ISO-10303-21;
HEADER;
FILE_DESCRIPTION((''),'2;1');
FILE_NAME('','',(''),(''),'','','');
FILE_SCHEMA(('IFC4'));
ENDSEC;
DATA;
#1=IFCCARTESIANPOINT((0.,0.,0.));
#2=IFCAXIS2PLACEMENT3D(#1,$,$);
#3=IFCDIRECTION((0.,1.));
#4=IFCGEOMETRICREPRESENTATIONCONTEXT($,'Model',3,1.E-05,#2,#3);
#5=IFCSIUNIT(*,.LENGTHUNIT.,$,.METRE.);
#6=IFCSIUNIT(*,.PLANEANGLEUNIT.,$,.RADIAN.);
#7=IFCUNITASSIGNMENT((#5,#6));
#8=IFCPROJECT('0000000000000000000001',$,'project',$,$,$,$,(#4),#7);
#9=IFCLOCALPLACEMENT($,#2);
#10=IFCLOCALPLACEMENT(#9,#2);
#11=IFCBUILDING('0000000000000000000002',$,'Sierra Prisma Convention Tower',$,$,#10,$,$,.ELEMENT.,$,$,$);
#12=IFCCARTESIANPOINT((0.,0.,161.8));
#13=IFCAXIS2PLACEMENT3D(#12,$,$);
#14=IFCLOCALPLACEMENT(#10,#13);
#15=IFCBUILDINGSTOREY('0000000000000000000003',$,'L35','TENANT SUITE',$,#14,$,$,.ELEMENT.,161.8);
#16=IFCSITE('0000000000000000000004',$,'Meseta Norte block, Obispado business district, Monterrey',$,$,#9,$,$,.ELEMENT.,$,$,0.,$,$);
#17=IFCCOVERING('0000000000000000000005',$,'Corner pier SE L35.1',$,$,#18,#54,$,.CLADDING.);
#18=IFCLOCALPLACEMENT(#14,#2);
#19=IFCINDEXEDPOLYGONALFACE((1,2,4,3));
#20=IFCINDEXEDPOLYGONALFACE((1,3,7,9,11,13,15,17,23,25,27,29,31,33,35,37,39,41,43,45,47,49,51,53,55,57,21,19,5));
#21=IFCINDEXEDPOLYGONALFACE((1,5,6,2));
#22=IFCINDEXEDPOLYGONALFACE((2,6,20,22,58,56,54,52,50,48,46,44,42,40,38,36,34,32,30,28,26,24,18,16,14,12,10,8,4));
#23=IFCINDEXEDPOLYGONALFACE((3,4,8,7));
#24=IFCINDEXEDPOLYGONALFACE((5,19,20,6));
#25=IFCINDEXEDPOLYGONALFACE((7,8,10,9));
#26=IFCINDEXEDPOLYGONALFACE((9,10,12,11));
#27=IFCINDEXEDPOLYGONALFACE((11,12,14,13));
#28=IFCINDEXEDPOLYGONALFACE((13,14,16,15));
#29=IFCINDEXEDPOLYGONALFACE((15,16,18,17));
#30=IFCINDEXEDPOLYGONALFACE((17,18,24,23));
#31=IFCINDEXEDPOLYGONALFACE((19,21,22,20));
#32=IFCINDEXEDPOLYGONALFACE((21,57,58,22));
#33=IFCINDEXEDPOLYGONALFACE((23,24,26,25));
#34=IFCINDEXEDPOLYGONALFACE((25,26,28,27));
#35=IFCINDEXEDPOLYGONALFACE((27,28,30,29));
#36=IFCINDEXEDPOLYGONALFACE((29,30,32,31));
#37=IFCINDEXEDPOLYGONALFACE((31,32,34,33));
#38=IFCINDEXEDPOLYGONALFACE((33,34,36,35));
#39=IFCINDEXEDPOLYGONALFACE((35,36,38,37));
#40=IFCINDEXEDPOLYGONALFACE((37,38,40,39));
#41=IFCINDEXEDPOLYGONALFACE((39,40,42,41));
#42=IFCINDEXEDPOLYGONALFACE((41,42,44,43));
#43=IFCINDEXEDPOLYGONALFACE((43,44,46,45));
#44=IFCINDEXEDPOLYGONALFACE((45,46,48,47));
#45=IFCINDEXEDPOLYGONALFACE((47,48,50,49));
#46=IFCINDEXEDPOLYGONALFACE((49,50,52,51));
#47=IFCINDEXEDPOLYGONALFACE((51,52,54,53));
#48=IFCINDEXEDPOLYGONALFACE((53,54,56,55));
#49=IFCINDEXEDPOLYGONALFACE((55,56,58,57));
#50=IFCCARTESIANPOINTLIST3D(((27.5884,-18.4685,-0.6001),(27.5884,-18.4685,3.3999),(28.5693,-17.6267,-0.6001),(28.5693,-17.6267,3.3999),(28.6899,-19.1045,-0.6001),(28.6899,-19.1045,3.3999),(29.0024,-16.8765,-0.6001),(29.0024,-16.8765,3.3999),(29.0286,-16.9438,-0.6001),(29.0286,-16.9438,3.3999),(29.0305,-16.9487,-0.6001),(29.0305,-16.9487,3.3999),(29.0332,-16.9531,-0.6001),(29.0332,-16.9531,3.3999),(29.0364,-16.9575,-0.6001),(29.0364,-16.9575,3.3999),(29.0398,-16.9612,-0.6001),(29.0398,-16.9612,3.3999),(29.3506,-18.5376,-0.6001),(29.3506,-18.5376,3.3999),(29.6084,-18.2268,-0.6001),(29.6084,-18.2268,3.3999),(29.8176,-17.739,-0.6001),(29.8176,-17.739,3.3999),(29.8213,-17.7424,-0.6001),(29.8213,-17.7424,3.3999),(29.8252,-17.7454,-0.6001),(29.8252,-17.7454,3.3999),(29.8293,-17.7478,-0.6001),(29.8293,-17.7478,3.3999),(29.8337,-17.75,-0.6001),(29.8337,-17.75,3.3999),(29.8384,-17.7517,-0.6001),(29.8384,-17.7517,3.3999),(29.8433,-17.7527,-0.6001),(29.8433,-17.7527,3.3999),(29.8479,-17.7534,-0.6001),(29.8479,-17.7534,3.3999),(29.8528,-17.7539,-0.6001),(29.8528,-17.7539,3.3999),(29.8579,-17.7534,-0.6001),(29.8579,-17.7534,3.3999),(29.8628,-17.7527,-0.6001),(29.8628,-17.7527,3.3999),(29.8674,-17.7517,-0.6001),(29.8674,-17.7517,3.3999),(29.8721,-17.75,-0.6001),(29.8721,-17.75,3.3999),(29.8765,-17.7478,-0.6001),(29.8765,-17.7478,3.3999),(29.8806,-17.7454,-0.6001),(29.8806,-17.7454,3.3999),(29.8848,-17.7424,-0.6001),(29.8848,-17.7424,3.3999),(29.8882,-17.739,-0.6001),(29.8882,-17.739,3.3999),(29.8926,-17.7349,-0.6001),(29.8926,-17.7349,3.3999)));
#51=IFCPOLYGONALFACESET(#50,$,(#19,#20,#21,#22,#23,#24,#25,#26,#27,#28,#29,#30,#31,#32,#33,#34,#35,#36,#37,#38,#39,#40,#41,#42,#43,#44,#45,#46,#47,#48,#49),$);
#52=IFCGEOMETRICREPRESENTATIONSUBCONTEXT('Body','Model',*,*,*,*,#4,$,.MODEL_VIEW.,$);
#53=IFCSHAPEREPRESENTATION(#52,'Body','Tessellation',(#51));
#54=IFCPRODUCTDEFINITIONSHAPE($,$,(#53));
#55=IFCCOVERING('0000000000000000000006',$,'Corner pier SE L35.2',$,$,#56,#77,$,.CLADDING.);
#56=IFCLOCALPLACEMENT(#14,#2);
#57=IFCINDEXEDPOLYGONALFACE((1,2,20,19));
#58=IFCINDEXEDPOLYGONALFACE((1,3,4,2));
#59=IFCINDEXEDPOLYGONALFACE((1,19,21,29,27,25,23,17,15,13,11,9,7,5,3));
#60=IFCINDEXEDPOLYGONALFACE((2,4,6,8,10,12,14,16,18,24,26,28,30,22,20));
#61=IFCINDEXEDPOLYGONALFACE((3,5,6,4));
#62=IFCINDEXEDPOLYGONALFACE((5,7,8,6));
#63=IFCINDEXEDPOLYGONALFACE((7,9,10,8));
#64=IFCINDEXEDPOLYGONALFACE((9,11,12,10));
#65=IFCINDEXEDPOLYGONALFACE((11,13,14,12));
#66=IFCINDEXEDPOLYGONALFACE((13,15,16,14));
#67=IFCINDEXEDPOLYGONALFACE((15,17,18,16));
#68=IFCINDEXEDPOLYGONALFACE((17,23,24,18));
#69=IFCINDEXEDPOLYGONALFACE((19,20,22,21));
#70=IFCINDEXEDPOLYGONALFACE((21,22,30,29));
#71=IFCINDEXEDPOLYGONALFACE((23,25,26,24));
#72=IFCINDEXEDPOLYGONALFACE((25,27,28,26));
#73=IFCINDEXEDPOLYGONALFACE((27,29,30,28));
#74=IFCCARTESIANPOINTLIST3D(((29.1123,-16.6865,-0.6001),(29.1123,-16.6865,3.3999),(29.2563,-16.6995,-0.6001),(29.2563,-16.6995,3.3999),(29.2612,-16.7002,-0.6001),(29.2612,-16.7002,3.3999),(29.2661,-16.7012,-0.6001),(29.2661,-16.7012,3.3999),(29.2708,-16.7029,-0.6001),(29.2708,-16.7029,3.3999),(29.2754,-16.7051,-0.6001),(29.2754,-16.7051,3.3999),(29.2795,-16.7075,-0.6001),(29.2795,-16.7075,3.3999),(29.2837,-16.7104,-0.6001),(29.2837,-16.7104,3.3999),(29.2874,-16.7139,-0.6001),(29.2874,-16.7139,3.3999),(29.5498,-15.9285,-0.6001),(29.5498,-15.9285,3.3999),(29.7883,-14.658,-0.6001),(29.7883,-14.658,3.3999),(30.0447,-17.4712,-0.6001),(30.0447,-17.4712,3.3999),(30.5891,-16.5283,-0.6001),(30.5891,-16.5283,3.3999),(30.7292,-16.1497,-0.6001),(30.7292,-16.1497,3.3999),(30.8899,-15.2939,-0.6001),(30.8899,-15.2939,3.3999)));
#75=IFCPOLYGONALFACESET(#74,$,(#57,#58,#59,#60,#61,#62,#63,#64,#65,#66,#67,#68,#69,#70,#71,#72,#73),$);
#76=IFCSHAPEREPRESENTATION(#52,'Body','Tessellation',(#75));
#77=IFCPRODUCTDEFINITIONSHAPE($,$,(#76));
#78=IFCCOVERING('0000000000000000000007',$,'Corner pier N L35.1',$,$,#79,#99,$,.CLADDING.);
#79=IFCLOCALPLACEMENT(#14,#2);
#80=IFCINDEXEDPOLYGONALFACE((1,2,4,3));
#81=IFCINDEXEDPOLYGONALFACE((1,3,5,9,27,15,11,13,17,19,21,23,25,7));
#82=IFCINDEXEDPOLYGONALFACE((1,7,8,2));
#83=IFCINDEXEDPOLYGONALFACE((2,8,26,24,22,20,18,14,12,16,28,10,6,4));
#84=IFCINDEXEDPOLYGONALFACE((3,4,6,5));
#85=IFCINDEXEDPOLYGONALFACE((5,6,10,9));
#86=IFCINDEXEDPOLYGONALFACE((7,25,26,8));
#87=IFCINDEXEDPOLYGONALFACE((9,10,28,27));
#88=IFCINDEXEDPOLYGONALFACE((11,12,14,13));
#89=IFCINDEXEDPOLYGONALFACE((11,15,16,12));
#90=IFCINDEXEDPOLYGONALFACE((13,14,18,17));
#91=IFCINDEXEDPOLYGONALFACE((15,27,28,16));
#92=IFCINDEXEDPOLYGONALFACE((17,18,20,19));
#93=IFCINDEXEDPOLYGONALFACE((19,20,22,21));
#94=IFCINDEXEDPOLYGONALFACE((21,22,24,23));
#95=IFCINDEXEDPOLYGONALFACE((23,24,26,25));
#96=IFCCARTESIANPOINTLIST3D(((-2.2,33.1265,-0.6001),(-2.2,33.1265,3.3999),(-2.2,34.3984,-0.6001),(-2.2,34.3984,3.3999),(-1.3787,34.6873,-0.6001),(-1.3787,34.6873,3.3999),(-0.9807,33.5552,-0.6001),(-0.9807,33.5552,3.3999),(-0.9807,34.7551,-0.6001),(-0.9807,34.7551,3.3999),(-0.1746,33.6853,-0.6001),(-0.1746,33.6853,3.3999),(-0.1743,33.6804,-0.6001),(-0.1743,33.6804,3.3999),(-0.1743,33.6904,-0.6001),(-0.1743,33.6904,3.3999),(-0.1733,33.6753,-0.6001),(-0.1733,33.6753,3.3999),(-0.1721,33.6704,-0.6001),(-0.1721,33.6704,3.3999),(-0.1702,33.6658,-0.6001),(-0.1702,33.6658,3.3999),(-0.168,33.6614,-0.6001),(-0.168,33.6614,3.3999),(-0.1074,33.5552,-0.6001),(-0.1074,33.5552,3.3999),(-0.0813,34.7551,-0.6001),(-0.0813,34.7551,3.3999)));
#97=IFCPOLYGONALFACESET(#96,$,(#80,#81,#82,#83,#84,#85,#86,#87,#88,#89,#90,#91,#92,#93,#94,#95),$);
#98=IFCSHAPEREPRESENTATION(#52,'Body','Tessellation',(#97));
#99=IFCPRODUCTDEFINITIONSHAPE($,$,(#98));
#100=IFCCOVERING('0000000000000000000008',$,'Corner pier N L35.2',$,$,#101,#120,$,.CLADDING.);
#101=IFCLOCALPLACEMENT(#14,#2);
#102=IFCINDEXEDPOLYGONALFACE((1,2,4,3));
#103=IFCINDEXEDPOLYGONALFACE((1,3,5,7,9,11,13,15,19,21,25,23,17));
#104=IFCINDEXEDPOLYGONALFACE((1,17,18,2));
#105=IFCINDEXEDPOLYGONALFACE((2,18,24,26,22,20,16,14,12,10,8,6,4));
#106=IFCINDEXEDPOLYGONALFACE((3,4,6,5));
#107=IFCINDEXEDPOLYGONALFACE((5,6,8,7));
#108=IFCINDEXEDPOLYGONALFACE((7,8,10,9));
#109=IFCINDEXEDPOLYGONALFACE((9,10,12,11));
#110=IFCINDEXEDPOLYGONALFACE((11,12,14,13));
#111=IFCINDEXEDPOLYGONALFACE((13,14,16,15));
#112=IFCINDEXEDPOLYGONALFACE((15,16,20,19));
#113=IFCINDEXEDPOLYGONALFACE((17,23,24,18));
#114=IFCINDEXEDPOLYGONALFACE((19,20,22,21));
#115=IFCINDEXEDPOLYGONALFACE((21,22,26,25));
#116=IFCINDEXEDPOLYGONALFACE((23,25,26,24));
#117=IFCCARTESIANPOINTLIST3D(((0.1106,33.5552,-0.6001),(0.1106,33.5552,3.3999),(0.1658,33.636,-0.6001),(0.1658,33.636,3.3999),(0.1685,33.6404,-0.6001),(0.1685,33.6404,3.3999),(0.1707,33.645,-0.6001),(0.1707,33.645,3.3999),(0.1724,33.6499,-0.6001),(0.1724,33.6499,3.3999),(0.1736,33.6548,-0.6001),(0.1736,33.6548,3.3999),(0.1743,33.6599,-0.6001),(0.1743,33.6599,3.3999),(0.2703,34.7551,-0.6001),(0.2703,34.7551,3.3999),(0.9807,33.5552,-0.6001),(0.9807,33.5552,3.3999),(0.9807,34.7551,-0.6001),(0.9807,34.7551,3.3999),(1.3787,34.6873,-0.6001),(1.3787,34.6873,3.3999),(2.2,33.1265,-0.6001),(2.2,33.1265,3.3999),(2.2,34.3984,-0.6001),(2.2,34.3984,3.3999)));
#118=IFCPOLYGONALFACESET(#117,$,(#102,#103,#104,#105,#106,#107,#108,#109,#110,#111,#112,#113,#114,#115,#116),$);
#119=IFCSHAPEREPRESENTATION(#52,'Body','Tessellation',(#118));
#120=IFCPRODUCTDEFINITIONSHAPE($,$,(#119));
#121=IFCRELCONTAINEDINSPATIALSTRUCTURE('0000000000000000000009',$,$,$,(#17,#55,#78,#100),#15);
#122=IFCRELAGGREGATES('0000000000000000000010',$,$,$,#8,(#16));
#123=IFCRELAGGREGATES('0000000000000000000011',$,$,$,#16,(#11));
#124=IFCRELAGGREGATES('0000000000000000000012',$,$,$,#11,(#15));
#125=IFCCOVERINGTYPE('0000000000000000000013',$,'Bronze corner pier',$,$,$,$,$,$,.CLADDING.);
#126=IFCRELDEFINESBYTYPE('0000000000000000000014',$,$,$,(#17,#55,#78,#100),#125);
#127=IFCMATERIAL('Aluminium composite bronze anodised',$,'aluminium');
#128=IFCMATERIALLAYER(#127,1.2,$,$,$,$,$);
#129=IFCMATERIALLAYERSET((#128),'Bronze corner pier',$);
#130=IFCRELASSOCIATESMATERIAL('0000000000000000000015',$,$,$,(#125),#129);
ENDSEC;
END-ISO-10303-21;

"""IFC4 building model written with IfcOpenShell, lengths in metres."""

from ifc_helpers import new_model, si_unit, direction, frame, origin, place, context, subcontext, project, spatial, polyline, outline, extrude, material, layer, layer_set, type_object, element, save


model = new_model("IFC4")

# Units and contexts
model_context = context("Model", 3, precision=1e-05, world=origin(), true_north=direction((0.0, 1.0)))
body_context = subcontext(model_context, "Body", "Model", "MODEL_VIEW")
ifc_project = project(units=[si_unit("LENGTHUNIT", "METRE"), si_unit("PLANEANGLEUNIT", "RADIAN")], contexts=[model_context])

# Site, building, storey
site_placement = place(None, origin())
site = spatial("IfcSite", under=ifc_project, at=site_placement, Name="Meseta Norte block, Obispado business district, Monterrey", CompositionType="ELEMENT", RefElevation=0.0)
building_placement = place(site_placement, origin())
building = spatial("IfcBuilding", under=site, at=building_placement, Name="Sierra Prisma Convention Tower", CompositionType="ELEMENT")
storey_placement = place(building_placement, frame((0.0, 0.0, 161.8)))
storey = spatial("IfcBuildingStorey", under=building, at=storey_placement, Name="L35", Description="TENANT SUITE", CompositionType="ELEMENT", Elevation=161.8)

# Coverings
ifc_material_1 = material(Name="Aluminium composite bronze anodised", Category="aluminium")
ifc_layer_1 = layer(ifc_material_1, 1.2)
ifc_layer_set_1 = layer_set([ifc_layer_1], Name="Bronze corner pier")
covering_type = type_object("IfcCoveringType", Name="Bronze corner pier", PredefinedType="CLADDING", material=ifc_layer_set_1)
covering_1_placement = place(storey_placement, frame((0.0, 0.0, -0.6001)))
element("IfcCovering", 1, at=covering_1_placement, inside=storey, type_object=covering_type, Name="Corner pier SE L35.1", PredefinedType="CLADDING", context=body_context, shape_type="SweptSolid", body=[
    extrude(outline(polyline([(29.8293, -17.7478), (29.8337, -17.75), (29.8384, -17.7517), (29.8433, -17.7527), (29.8479, -17.7534), (29.8528, -17.7539), (29.8579, -17.7534), (29.8628, -17.7527), (29.8674, -17.7517), (29.8721, -17.75), (29.8765, -17.7478), (29.8806, -17.7454), (29.8848, -17.7424), (29.8882, -17.739), (29.8926, -17.7349), (29.6084, -18.2268), (29.3506, -18.5376), (28.6899, -19.1045), (27.5884, -18.4685), (28.5693, -17.6267), (29.0024, -16.8765), (29.0286, -16.9438), (29.0305, -16.9487), (29.0332, -16.9531), (29.0364, -16.9575), (29.0398, -16.9612), (29.8176, -17.739), (29.8213, -17.7424), (29.8252, -17.7454), (29.8293, -17.7478)])), origin(), (0.0, 0.0, 1.0), 4.0),
])
covering_2_placement = place(storey_placement, frame((0.0, 0.0, -0.6001)))
element("IfcCovering", 2, at=covering_2_placement, inside=storey, type_object=covering_type, Name="Corner pier SE L35.2", PredefinedType="CLADDING", context=body_context, shape_type="SweptSolid", body=[
    extrude(outline(polyline([(29.2661, -16.7012), (29.2612, -16.7002), (29.2563, -16.6995), (29.1123, -16.6865), (29.5498, -15.9285), (29.7883, -14.658), (30.8899, -15.2939), (30.7292, -16.1497), (30.5891, -16.5283), (30.0447, -17.4712), (29.2874, -16.7139), (29.2837, -16.7104), (29.2795, -16.7075), (29.2754, -16.7051), (29.2708, -16.7029), (29.2661, -16.7012)])), origin(), (0.0, 0.0, 1.0), 4.0),
])
covering_3_placement = place(storey_placement, frame((0.0, 0.0, -0.6001)))
element("IfcCovering", 3, at=covering_3_placement, inside=storey, type_object=covering_type, Name="Corner pier N L35.1", PredefinedType="CLADDING", context=body_context, shape_type="SweptSolid", body=[
    extrude(outline(polyline([(-0.1733, 33.6753), (-0.1721, 33.6704), (-0.1702, 33.6658), (-0.168, 33.6614), (-0.1074, 33.5552), (-0.9807, 33.5552), (-2.2, 33.1265), (-2.2, 34.3984), (-1.3787, 34.6873), (-0.9807, 34.7551), (-0.0813, 34.7551), (-0.1743, 33.6904), (-0.1746, 33.6853), (-0.1743, 33.6804), (-0.1733, 33.6753)])), origin(), (0.0, 0.0, 1.0), 4.0),
])
covering_4_placement = place(storey_placement, frame((0.0, 0.0, -0.6001)))
element("IfcCovering", 4, at=covering_4_placement, inside=storey, type_object=covering_type, Name="Corner pier N L35.2", PredefinedType="CLADDING", context=body_context, shape_type="SweptSolid", body=[
    extrude(outline(polyline([(0.9807, 33.5552), (0.1106, 33.5552), (0.1658, 33.636), (0.1685, 33.6404), (0.1707, 33.645), (0.1724, 33.6499), (0.1736, 33.6548), (0.1743, 33.6599), (0.2703, 34.7551), (0.9807, 34.7551), (1.3787, 34.6873), (2.2, 34.3984), (2.2, 33.1265), (0.9807, 33.5552)])), origin(), (0.0, 0.0, 1.0), 4.0),
])

save(model, "model.ifc")
